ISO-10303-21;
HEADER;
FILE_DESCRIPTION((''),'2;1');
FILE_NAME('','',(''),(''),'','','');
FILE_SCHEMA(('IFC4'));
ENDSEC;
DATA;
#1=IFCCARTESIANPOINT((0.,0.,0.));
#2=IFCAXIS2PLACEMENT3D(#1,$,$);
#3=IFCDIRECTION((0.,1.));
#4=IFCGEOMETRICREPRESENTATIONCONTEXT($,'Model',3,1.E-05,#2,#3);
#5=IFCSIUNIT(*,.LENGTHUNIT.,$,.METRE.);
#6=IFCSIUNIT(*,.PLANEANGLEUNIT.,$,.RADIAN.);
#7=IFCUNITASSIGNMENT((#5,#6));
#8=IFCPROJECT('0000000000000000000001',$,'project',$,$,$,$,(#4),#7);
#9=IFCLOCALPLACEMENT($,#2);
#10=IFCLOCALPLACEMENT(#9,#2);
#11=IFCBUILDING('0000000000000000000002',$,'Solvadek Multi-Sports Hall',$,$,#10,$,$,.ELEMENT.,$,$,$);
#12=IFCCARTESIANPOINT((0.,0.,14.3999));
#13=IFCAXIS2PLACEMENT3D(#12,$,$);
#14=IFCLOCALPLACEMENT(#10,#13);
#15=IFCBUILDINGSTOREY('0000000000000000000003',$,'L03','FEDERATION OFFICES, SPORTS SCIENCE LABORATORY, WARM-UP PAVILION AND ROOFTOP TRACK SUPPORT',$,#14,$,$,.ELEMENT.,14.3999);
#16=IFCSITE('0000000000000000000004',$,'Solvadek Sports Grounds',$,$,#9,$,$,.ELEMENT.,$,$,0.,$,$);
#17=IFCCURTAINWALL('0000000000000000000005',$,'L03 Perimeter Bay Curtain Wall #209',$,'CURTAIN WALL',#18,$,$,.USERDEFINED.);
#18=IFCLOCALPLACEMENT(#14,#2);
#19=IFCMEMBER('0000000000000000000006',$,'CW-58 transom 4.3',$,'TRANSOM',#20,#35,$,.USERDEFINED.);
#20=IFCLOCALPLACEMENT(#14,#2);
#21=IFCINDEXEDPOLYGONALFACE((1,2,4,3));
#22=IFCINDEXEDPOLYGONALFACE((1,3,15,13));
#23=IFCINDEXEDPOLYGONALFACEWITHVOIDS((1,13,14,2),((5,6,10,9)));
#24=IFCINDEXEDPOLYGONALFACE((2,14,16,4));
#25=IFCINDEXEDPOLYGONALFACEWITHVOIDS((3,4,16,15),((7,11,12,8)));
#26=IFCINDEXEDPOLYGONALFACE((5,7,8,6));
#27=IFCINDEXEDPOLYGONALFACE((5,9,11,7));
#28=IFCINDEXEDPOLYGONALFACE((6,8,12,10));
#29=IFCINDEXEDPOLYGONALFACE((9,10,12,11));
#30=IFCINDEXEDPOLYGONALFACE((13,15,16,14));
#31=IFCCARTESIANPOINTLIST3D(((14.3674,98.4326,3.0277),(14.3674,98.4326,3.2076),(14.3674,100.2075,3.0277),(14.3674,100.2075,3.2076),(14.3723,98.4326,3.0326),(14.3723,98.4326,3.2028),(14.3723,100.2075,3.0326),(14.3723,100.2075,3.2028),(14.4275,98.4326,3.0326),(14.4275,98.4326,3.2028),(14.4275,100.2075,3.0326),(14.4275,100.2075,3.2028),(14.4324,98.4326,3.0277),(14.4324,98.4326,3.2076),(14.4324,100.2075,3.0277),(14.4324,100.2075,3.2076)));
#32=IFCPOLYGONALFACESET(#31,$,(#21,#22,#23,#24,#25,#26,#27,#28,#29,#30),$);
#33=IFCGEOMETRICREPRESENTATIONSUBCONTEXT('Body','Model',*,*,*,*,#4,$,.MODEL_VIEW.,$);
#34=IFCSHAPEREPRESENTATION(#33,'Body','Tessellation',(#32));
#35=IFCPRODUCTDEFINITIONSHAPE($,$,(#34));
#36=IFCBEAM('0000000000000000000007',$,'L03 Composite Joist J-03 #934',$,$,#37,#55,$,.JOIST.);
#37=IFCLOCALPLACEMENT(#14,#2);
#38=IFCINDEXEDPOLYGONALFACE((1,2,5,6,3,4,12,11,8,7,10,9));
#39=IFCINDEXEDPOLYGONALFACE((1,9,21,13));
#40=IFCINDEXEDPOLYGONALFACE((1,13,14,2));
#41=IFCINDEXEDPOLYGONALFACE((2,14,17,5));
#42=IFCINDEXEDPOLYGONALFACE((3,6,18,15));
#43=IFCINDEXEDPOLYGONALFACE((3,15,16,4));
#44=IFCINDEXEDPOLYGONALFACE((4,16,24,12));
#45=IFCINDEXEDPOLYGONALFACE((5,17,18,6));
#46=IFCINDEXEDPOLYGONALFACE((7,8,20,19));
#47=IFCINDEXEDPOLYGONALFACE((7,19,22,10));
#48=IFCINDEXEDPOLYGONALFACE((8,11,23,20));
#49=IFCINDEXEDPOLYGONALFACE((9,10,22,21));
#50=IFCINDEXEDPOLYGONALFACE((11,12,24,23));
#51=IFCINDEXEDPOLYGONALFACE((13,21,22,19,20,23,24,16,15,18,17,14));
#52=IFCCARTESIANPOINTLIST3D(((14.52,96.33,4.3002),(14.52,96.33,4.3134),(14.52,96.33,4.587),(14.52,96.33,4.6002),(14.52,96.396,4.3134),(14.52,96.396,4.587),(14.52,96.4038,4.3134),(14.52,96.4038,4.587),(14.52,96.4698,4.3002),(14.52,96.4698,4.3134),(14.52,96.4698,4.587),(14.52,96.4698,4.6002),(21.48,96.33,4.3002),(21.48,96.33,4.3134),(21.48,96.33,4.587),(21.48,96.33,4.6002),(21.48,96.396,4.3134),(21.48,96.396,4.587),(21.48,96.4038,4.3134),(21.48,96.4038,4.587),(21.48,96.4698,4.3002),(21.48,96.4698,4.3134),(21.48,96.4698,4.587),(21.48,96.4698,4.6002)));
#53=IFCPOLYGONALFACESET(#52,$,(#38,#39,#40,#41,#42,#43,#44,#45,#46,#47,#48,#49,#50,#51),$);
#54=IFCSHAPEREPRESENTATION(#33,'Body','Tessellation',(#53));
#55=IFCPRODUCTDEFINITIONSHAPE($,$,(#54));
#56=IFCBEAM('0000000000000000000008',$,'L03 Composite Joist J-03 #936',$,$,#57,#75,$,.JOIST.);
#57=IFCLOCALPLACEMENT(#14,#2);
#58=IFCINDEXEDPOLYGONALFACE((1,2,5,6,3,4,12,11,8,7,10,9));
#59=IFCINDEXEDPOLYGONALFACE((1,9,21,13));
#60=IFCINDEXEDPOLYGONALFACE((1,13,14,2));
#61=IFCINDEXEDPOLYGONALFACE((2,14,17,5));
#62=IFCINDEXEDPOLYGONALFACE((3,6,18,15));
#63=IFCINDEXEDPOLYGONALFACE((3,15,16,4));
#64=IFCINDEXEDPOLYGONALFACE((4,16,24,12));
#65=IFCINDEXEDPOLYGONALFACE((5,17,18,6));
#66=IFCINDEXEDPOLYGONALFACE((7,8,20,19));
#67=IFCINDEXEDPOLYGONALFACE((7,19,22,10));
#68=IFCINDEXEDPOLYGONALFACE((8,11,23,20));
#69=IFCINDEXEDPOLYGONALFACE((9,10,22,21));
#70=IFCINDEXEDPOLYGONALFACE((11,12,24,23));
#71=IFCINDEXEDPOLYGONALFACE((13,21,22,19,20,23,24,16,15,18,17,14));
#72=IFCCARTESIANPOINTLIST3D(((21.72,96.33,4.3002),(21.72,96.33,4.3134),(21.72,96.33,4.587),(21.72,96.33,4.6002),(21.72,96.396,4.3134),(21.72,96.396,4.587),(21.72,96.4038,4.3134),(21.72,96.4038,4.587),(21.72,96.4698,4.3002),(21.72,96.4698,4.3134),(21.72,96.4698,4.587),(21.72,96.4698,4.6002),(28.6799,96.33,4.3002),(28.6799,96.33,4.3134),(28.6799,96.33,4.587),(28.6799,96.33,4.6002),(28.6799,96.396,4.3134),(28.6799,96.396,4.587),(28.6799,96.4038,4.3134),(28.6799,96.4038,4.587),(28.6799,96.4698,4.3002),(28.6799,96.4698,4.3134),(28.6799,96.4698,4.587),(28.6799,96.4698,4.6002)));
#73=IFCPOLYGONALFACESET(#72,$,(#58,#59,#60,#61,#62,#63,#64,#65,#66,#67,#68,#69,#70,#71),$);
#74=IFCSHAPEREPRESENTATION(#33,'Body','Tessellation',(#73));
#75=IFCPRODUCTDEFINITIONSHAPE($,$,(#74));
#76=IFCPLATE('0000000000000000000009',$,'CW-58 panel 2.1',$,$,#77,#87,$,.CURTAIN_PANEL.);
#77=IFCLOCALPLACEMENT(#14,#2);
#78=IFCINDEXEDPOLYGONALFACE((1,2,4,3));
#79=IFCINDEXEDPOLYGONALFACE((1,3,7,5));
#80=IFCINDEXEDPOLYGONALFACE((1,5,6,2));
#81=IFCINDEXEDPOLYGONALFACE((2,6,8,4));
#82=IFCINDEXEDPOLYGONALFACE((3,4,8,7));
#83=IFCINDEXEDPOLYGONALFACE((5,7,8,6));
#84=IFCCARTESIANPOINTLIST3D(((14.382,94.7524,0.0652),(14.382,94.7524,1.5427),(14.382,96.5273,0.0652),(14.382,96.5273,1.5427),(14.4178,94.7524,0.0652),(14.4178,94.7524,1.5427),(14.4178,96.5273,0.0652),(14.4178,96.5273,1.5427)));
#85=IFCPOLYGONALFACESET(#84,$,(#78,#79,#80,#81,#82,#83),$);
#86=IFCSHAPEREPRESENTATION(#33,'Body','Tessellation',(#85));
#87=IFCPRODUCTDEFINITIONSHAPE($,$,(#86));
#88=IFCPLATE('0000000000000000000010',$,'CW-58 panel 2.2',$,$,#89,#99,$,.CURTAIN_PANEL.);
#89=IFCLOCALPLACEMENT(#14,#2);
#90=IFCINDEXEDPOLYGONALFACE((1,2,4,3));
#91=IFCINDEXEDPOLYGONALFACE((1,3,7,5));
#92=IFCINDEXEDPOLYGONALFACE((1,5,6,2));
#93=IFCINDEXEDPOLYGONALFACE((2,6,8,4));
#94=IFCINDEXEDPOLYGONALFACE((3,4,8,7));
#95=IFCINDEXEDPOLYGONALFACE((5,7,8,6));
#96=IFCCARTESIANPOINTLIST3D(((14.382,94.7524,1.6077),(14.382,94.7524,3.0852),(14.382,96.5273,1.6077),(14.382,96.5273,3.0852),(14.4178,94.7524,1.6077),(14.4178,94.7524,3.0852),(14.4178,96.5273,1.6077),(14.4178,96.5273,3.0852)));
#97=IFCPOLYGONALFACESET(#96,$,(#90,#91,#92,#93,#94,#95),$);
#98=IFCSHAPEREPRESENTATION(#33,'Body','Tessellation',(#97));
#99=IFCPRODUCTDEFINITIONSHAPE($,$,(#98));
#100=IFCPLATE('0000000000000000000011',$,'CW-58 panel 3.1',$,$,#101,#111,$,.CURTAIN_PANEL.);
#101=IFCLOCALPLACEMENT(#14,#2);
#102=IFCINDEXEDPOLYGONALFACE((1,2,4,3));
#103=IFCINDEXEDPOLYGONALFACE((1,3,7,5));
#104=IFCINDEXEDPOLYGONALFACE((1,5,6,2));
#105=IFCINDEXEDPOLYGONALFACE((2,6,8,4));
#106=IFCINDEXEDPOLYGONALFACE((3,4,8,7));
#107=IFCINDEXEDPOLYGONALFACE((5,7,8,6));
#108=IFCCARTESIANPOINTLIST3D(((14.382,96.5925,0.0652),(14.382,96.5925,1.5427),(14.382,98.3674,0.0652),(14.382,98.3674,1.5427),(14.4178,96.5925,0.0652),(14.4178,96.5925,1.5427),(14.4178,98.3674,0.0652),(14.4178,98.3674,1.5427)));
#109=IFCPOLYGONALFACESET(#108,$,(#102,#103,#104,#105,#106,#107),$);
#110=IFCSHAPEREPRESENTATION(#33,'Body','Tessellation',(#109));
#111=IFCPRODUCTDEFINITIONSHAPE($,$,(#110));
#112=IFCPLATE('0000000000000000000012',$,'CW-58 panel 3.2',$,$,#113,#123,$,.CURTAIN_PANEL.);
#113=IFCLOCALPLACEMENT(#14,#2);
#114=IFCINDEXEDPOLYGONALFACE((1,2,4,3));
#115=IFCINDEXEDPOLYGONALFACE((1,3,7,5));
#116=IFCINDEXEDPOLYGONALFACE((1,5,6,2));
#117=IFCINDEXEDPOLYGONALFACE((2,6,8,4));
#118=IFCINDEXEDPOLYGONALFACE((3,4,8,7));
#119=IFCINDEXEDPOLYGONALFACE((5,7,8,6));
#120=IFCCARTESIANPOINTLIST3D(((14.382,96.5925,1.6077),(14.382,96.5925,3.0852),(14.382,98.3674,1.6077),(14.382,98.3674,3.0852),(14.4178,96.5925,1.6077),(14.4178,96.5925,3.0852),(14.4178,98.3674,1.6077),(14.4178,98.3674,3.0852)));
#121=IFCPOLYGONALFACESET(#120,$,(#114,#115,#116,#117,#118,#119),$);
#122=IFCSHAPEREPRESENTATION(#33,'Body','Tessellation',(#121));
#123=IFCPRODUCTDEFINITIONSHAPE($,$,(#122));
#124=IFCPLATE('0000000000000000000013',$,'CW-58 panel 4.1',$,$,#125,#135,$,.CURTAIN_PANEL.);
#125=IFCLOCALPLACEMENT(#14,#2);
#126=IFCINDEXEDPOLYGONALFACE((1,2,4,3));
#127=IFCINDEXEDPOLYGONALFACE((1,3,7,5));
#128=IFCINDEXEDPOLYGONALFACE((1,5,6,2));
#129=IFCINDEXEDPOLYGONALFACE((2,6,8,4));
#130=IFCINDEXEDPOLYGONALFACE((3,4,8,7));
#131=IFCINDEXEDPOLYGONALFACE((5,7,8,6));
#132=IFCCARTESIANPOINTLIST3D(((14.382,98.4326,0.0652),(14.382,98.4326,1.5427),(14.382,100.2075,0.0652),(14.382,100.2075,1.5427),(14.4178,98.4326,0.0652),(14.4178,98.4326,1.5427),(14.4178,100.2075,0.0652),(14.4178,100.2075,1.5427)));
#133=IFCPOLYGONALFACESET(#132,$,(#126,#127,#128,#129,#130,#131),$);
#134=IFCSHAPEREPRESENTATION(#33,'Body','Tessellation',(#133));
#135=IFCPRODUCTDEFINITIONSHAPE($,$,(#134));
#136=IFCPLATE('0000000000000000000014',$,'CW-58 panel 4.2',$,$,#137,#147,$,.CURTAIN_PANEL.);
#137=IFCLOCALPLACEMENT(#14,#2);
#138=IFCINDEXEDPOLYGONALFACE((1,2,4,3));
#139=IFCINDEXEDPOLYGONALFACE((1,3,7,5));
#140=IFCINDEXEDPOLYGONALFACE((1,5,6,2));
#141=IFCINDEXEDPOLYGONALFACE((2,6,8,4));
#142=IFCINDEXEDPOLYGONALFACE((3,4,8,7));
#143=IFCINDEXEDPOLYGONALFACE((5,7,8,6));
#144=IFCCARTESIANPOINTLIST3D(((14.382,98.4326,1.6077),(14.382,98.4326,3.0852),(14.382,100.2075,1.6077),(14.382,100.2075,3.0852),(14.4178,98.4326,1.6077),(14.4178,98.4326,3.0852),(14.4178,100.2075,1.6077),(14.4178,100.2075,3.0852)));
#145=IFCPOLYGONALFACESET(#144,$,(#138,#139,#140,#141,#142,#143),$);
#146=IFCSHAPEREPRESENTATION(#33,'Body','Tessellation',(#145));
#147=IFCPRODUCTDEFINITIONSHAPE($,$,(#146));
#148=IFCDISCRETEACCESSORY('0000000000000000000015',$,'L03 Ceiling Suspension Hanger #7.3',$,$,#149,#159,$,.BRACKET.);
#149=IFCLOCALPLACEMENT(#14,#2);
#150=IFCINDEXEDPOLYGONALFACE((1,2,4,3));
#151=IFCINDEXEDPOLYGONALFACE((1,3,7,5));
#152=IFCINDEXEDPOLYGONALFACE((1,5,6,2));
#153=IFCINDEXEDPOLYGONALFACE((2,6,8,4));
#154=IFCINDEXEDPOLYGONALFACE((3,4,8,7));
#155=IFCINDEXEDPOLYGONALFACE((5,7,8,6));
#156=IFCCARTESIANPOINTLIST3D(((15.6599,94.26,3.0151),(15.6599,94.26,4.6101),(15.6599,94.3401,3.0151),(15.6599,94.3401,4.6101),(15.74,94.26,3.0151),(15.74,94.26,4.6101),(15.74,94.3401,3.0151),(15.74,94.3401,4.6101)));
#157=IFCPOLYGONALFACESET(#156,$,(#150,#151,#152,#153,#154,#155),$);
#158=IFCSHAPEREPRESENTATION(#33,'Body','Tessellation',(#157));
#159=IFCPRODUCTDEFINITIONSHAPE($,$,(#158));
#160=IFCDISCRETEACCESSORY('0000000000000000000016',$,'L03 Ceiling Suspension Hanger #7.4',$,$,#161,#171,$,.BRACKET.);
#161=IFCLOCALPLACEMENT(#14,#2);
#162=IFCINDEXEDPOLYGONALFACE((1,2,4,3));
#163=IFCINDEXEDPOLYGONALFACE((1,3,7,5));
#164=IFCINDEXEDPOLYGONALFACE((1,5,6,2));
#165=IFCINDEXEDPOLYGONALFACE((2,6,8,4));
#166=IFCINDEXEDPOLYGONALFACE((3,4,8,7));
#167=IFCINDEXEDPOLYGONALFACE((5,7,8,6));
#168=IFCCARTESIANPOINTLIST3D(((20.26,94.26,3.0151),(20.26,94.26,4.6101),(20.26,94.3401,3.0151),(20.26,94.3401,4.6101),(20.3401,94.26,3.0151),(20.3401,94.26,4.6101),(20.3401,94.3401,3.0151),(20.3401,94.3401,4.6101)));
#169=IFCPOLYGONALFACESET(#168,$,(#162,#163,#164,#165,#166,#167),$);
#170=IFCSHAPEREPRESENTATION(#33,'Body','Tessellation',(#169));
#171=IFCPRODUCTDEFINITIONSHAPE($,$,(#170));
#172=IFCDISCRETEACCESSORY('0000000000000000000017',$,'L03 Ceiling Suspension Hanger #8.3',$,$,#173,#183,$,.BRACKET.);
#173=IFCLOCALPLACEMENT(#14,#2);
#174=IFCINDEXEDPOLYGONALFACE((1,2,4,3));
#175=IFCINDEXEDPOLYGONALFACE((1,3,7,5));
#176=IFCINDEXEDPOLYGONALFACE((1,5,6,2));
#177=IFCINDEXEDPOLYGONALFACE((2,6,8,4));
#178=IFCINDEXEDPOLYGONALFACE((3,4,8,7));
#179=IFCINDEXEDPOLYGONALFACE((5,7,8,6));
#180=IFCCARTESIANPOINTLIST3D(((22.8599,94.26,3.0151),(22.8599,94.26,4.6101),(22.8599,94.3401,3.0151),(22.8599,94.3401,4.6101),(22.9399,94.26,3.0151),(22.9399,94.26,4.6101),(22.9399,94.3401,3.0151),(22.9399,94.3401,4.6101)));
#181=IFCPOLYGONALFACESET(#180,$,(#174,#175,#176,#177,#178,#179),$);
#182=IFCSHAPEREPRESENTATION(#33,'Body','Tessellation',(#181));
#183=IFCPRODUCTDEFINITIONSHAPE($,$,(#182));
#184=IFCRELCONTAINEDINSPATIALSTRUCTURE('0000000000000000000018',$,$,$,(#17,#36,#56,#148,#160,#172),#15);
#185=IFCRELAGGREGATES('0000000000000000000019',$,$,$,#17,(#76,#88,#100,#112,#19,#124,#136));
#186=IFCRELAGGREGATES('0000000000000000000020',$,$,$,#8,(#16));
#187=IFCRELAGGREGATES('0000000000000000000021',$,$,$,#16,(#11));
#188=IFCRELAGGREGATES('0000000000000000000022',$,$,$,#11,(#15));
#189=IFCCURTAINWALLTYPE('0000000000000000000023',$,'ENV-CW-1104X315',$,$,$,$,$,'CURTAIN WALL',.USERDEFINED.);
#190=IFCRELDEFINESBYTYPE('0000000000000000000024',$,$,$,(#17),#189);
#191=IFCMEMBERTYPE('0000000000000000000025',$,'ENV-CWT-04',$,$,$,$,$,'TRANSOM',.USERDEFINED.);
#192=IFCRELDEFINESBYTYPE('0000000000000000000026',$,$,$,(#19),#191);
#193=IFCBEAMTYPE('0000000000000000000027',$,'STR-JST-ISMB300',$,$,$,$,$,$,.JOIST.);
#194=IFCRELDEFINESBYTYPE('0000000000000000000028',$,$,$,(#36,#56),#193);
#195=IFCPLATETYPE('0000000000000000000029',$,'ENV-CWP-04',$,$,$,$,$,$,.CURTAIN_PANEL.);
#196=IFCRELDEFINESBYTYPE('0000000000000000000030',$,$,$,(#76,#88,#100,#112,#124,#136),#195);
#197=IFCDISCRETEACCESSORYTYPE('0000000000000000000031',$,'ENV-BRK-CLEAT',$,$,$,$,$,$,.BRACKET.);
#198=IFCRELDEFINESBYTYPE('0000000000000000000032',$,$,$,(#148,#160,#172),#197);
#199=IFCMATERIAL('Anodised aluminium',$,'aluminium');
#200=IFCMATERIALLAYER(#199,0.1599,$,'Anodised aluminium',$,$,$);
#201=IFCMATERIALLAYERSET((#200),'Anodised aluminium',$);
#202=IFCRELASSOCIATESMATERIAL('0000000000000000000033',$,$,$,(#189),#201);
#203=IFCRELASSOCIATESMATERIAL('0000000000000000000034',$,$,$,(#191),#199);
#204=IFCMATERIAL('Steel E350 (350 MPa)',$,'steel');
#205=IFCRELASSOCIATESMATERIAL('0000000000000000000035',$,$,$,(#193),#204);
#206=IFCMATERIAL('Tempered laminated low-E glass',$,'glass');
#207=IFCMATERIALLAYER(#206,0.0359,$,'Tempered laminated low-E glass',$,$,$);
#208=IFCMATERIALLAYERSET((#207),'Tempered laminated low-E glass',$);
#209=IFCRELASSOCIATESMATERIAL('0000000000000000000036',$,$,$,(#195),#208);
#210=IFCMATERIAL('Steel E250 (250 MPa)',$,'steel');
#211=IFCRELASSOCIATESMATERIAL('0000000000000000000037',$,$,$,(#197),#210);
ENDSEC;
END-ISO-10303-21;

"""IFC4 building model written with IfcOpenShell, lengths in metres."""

from ifc_helpers import new_model, si_unit, direction, frame, origin, origin_2d, place, context, subcontext, project, spatial, rectangle, hollow_rectangle, i_section, extrude, material, layer, layer_set, material_profile, profile_set, type_object, element, aggregate, save


model = new_model("IFC4")

# Units and contexts
model_context = context("Model", 3, precision=1e-05, world=origin(), true_north=direction((0.0, 1.0)))
body_context = subcontext(model_context, "Body", "Model", "MODEL_VIEW")
ifc_project = project(units=[si_unit("LENGTHUNIT", "METRE"), si_unit("PLANEANGLEUNIT", "RADIAN")], contexts=[model_context])

# Site, building, storey
site_placement = place(None, origin())
site = spatial("IfcSite", under=ifc_project, at=site_placement, Name="Solvadek Sports Grounds", CompositionType="ELEMENT", RefElevation=0.0)
building_placement = place(site_placement, origin())
building = spatial("IfcBuilding", under=site, at=building_placement, Name="Solvadek Multi-Sports Hall", CompositionType="ELEMENT")
storey_placement = place(building_placement, frame((0.0, 0.0, 14.3999)))
storey = spatial("IfcBuildingStorey", under=building, at=storey_placement, Name="L03", Description="FEDERATION OFFICES, SPORTS SCIENCE LABORATORY, WARM-UP PAVILION AND ROOFTOP TRACK SUPPORT", CompositionType="ELEMENT", Elevation=14.3999)

# Curtain wall, member
ifc_material_1 = material(Name="Anodised aluminium", Category="aluminium")
ifc_layer_1 = layer(ifc_material_1, 0.1599, Name="Anodised aluminium")
ifc_layer_set_1 = layer_set([ifc_layer_1], Name="Anodised aluminium")
curtain_wall_type = type_object("IfcCurtainWallType", Name="ENV-CW-1104X315", ElementType="CURTAIN WALL", PredefinedType="USERDEFINED", material=ifc_layer_set_1)
curtain_wall_placement = place(storey_placement, origin())
curtain_wall = element("IfcCurtainWall", 1, at=curtain_wall_placement, inside=storey, type_object=curtain_wall_type, Name="L03 Perimeter Bay Curtain Wall #209", ObjectType="CURTAIN WALL", PredefinedType="USERDEFINED")
ifc_material_profile_1 = material_profile(ifc_material_1, hollow_rectangle(XDim=0.0649, YDim=0.1799, WallThickness=0.0049, at=origin_2d()), Name="ALU-T 180x65x5")
ifc_profile_set_1 = profile_set([ifc_material_profile_1], Name="Anodised aluminium")
member_type_1 = type_object("IfcMemberType", Name="ENV-CWT-04", ElementType="TRANSOM", PredefinedType="USERDEFINED", material=ifc_profile_set_1)
member_1_placement = place(storey_placement, frame((14.3999, 98.4326, 3.1177), z_axis=(0.0, 1.0, 0.0), x_axis=(-1.0, 0.0, 0.0)))
member_1 = element("IfcMember", 2, at=member_1_placement, type_object=member_type_1, Name="CW-58 transom 4.3", ObjectType="TRANSOM", PredefinedType="USERDEFINED", context=body_context, shape_type="SweptSolid", body=[
    extrude(hollow_rectangle(XDim=0.0649, YDim=0.1799, WallThickness=0.0049, at=origin_2d()), origin(), (0.0, 0.0, 1.0), 1.7749),
])

# Beams
ifc_material_2 = material(Name="Steel E350 (350 MPa)", Category="steel")
ifc_material_profile_2 = material_profile(ifc_material_2, i_section(OverallWidth=0.1399, OverallDepth=0.3, WebThickness=0.0078, FlangeThickness=0.0132, at=origin_2d()), Name="ISMB 300")
ifc_profile_set_2 = profile_set([ifc_material_profile_2], Name="Steel E350 (350 MPa)")
beam_type = type_object("IfcBeamType", Name="STR-JST-ISMB300", PredefinedType="JOIST", material=ifc_profile_set_2)
for number, where, z_axis, x_axis, name in (
    (3, (14.52, 96.3999, 4.4502), (1.0, 0.0, 0.0), (0.0, 1.0, 0.0), "L03 Composite Joist J-03 #934"),
    (4, (21.72, 96.3999, 4.4502), (1.0, 0.0, 0.0), (0.0, 1.0, 0.0), "L03 Composite Joist J-03 #936"),
):
    element("IfcBeam", number, at=place(storey_placement, frame(where, z_axis=z_axis, x_axis=x_axis)), inside=storey, type_object=beam_type, Name=name, PredefinedType="JOIST", context=body_context, shape_type="SweptSolid", body=[
        extrude(i_section(OverallWidth=0.1399, OverallDepth=0.3, WebThickness=0.0078, FlangeThickness=0.0132, at=origin_2d()), origin(), (0.0, 0.0, 1.0), 6.96),
    ])

# Plates
ifc_material_3 = material(Name="Tempered laminated low-E glass", Category="glass")
ifc_layer_2 = layer(ifc_material_3, 0.0359, Name="Tempered laminated low-E glass")
ifc_layer_set_2 = layer_set([ifc_layer_2], Name="Tempered laminated low-E glass")
plate_type = type_object("IfcPlateType", Name="ENV-CWP-04", PredefinedType="CURTAIN_PANEL", material=ifc_layer_set_2)
plate_1_placement = place(storey_placement, frame((14.3999, 95.6399, 0.0652), z_axis=(0.0, 0.0, 1.0), x_axis=(0.0, 1.0, 0.0)))
plate_1 = element("IfcPlate", 5, at=plate_1_placement, type_object=plate_type, Name="CW-58 panel 2.1", PredefinedType="CURTAIN_PANEL", context=body_context, shape_type="SweptSolid", body=[
    extrude(rectangle(XDim=1.7749, YDim=0.0359, at=origin_2d()), origin(), (0.0, 0.0, 1.0), 1.4775),
])
plate_2_placement = place(storey_placement, frame((14.3999, 95.6399, 1.6077), z_axis=(0.0, 0.0, 1.0), x_axis=(0.0, 1.0, 0.0)))
plate_2 = element("IfcPlate", 6, at=plate_2_placement, type_object=plate_type, Name="CW-58 panel 2.2", PredefinedType="CURTAIN_PANEL", context=body_context, shape_type="SweptSolid", body=[
    extrude(rectangle(XDim=1.7749, YDim=0.0359, at=origin_2d()), origin(), (0.0, 0.0, 1.0), 1.4775),
])
plate_3_placement = place(storey_placement, frame((14.3999, 97.48, 0.0652), z_axis=(0.0, 0.0, 1.0), x_axis=(0.0, 1.0, 0.0)))
plate_3 = element("IfcPlate", 7, at=plate_3_placement, type_object=plate_type, Name="CW-58 panel 3.1", PredefinedType="CURTAIN_PANEL", context=body_context, shape_type="SweptSolid", body=[
    extrude(rectangle(XDim=1.7749, YDim=0.0359, at=origin_2d()), origin(), (0.0, 0.0, 1.0), 1.4775),
])
plate_4_placement = place(storey_placement, frame((14.3999, 97.48, 1.6077), z_axis=(0.0, 0.0, 1.0), x_axis=(0.0, 1.0, 0.0)))
plate_4 = element("IfcPlate", 8, at=plate_4_placement, type_object=plate_type, Name="CW-58 panel 3.2", PredefinedType="CURTAIN_PANEL", context=body_context, shape_type="SweptSolid", body=[
    extrude(rectangle(XDim=1.7749, YDim=0.0359, at=origin_2d()), origin(), (0.0, 0.0, 1.0), 1.4775),
])
plate_5_placement = place(storey_placement, frame((14.3999, 99.3201, 0.0652), z_axis=(0.0, 0.0, 1.0), x_axis=(0.0, 1.0, 0.0)))
plate_5 = element("IfcPlate", 9, at=plate_5_placement, type_object=plate_type, Name="CW-58 panel 4.1", PredefinedType="CURTAIN_PANEL", context=body_context, shape_type="SweptSolid", body=[
    extrude(rectangle(XDim=1.7749, YDim=0.0359, at=origin_2d()), origin(), (0.0, 0.0, 1.0), 1.4775),
])
plate_6_placement = place(storey_placement, frame((14.3999, 99.3201, 1.6077), z_axis=(0.0, 0.0, 1.0), x_axis=(0.0, 1.0, 0.0)))
plate_6 = element("IfcPlate", 10, at=plate_6_placement, type_object=plate_type, Name="CW-58 panel 4.2", PredefinedType="CURTAIN_PANEL", context=body_context, shape_type="SweptSolid", body=[
    extrude(rectangle(XDim=1.7749, YDim=0.0359, at=origin_2d()), origin(), (0.0, 0.0, 1.0), 1.4775),
])
aggregate(curtain_wall, [plate_1, plate_2, plate_3, plate_4, member_1, plate_5, plate_6])

# Discrete accessories
ifc_material_4 = material(Name="Steel E250 (250 MPa)", Category="steel")
discrete_accessory_type = type_object("IfcDiscreteAccessoryType", Name="ENV-BRK-CLEAT", PredefinedType="BRACKET", material=ifc_material_4)
for number, where, z_axis, x_axis, name in (
    (11, (15.7, 94.3, 3.0151), (0.0, 0.0, 1.0), (1.0, 0.0, 0.0), "L03 Ceiling Suspension Hanger #7.3"),
    (12, (20.3, 94.3, 3.0151), (0.0, 0.0, 1.0), (1.0, 0.0, 0.0), "L03 Ceiling Suspension Hanger #7.4"),
    (13, (22.8999, 94.3, 3.0151), (0.0, 0.0, 1.0), (1.0, 0.0, 0.0), "L03 Ceiling Suspension Hanger #8.3"),
):
    element("IfcDiscreteAccessory", number, at=place(storey_placement, frame(where, z_axis=z_axis, x_axis=x_axis)), inside=storey, type_object=discrete_accessory_type, Name=name, PredefinedType="BRACKET", context=body_context, shape_type="SweptSolid", body=[
        extrude(rectangle(XDim=0.0801, YDim=0.0801, at=origin_2d()), origin(), (0.0, 0.0, 1.0), 1.595),
    ])

save(model, "model.ifc")
